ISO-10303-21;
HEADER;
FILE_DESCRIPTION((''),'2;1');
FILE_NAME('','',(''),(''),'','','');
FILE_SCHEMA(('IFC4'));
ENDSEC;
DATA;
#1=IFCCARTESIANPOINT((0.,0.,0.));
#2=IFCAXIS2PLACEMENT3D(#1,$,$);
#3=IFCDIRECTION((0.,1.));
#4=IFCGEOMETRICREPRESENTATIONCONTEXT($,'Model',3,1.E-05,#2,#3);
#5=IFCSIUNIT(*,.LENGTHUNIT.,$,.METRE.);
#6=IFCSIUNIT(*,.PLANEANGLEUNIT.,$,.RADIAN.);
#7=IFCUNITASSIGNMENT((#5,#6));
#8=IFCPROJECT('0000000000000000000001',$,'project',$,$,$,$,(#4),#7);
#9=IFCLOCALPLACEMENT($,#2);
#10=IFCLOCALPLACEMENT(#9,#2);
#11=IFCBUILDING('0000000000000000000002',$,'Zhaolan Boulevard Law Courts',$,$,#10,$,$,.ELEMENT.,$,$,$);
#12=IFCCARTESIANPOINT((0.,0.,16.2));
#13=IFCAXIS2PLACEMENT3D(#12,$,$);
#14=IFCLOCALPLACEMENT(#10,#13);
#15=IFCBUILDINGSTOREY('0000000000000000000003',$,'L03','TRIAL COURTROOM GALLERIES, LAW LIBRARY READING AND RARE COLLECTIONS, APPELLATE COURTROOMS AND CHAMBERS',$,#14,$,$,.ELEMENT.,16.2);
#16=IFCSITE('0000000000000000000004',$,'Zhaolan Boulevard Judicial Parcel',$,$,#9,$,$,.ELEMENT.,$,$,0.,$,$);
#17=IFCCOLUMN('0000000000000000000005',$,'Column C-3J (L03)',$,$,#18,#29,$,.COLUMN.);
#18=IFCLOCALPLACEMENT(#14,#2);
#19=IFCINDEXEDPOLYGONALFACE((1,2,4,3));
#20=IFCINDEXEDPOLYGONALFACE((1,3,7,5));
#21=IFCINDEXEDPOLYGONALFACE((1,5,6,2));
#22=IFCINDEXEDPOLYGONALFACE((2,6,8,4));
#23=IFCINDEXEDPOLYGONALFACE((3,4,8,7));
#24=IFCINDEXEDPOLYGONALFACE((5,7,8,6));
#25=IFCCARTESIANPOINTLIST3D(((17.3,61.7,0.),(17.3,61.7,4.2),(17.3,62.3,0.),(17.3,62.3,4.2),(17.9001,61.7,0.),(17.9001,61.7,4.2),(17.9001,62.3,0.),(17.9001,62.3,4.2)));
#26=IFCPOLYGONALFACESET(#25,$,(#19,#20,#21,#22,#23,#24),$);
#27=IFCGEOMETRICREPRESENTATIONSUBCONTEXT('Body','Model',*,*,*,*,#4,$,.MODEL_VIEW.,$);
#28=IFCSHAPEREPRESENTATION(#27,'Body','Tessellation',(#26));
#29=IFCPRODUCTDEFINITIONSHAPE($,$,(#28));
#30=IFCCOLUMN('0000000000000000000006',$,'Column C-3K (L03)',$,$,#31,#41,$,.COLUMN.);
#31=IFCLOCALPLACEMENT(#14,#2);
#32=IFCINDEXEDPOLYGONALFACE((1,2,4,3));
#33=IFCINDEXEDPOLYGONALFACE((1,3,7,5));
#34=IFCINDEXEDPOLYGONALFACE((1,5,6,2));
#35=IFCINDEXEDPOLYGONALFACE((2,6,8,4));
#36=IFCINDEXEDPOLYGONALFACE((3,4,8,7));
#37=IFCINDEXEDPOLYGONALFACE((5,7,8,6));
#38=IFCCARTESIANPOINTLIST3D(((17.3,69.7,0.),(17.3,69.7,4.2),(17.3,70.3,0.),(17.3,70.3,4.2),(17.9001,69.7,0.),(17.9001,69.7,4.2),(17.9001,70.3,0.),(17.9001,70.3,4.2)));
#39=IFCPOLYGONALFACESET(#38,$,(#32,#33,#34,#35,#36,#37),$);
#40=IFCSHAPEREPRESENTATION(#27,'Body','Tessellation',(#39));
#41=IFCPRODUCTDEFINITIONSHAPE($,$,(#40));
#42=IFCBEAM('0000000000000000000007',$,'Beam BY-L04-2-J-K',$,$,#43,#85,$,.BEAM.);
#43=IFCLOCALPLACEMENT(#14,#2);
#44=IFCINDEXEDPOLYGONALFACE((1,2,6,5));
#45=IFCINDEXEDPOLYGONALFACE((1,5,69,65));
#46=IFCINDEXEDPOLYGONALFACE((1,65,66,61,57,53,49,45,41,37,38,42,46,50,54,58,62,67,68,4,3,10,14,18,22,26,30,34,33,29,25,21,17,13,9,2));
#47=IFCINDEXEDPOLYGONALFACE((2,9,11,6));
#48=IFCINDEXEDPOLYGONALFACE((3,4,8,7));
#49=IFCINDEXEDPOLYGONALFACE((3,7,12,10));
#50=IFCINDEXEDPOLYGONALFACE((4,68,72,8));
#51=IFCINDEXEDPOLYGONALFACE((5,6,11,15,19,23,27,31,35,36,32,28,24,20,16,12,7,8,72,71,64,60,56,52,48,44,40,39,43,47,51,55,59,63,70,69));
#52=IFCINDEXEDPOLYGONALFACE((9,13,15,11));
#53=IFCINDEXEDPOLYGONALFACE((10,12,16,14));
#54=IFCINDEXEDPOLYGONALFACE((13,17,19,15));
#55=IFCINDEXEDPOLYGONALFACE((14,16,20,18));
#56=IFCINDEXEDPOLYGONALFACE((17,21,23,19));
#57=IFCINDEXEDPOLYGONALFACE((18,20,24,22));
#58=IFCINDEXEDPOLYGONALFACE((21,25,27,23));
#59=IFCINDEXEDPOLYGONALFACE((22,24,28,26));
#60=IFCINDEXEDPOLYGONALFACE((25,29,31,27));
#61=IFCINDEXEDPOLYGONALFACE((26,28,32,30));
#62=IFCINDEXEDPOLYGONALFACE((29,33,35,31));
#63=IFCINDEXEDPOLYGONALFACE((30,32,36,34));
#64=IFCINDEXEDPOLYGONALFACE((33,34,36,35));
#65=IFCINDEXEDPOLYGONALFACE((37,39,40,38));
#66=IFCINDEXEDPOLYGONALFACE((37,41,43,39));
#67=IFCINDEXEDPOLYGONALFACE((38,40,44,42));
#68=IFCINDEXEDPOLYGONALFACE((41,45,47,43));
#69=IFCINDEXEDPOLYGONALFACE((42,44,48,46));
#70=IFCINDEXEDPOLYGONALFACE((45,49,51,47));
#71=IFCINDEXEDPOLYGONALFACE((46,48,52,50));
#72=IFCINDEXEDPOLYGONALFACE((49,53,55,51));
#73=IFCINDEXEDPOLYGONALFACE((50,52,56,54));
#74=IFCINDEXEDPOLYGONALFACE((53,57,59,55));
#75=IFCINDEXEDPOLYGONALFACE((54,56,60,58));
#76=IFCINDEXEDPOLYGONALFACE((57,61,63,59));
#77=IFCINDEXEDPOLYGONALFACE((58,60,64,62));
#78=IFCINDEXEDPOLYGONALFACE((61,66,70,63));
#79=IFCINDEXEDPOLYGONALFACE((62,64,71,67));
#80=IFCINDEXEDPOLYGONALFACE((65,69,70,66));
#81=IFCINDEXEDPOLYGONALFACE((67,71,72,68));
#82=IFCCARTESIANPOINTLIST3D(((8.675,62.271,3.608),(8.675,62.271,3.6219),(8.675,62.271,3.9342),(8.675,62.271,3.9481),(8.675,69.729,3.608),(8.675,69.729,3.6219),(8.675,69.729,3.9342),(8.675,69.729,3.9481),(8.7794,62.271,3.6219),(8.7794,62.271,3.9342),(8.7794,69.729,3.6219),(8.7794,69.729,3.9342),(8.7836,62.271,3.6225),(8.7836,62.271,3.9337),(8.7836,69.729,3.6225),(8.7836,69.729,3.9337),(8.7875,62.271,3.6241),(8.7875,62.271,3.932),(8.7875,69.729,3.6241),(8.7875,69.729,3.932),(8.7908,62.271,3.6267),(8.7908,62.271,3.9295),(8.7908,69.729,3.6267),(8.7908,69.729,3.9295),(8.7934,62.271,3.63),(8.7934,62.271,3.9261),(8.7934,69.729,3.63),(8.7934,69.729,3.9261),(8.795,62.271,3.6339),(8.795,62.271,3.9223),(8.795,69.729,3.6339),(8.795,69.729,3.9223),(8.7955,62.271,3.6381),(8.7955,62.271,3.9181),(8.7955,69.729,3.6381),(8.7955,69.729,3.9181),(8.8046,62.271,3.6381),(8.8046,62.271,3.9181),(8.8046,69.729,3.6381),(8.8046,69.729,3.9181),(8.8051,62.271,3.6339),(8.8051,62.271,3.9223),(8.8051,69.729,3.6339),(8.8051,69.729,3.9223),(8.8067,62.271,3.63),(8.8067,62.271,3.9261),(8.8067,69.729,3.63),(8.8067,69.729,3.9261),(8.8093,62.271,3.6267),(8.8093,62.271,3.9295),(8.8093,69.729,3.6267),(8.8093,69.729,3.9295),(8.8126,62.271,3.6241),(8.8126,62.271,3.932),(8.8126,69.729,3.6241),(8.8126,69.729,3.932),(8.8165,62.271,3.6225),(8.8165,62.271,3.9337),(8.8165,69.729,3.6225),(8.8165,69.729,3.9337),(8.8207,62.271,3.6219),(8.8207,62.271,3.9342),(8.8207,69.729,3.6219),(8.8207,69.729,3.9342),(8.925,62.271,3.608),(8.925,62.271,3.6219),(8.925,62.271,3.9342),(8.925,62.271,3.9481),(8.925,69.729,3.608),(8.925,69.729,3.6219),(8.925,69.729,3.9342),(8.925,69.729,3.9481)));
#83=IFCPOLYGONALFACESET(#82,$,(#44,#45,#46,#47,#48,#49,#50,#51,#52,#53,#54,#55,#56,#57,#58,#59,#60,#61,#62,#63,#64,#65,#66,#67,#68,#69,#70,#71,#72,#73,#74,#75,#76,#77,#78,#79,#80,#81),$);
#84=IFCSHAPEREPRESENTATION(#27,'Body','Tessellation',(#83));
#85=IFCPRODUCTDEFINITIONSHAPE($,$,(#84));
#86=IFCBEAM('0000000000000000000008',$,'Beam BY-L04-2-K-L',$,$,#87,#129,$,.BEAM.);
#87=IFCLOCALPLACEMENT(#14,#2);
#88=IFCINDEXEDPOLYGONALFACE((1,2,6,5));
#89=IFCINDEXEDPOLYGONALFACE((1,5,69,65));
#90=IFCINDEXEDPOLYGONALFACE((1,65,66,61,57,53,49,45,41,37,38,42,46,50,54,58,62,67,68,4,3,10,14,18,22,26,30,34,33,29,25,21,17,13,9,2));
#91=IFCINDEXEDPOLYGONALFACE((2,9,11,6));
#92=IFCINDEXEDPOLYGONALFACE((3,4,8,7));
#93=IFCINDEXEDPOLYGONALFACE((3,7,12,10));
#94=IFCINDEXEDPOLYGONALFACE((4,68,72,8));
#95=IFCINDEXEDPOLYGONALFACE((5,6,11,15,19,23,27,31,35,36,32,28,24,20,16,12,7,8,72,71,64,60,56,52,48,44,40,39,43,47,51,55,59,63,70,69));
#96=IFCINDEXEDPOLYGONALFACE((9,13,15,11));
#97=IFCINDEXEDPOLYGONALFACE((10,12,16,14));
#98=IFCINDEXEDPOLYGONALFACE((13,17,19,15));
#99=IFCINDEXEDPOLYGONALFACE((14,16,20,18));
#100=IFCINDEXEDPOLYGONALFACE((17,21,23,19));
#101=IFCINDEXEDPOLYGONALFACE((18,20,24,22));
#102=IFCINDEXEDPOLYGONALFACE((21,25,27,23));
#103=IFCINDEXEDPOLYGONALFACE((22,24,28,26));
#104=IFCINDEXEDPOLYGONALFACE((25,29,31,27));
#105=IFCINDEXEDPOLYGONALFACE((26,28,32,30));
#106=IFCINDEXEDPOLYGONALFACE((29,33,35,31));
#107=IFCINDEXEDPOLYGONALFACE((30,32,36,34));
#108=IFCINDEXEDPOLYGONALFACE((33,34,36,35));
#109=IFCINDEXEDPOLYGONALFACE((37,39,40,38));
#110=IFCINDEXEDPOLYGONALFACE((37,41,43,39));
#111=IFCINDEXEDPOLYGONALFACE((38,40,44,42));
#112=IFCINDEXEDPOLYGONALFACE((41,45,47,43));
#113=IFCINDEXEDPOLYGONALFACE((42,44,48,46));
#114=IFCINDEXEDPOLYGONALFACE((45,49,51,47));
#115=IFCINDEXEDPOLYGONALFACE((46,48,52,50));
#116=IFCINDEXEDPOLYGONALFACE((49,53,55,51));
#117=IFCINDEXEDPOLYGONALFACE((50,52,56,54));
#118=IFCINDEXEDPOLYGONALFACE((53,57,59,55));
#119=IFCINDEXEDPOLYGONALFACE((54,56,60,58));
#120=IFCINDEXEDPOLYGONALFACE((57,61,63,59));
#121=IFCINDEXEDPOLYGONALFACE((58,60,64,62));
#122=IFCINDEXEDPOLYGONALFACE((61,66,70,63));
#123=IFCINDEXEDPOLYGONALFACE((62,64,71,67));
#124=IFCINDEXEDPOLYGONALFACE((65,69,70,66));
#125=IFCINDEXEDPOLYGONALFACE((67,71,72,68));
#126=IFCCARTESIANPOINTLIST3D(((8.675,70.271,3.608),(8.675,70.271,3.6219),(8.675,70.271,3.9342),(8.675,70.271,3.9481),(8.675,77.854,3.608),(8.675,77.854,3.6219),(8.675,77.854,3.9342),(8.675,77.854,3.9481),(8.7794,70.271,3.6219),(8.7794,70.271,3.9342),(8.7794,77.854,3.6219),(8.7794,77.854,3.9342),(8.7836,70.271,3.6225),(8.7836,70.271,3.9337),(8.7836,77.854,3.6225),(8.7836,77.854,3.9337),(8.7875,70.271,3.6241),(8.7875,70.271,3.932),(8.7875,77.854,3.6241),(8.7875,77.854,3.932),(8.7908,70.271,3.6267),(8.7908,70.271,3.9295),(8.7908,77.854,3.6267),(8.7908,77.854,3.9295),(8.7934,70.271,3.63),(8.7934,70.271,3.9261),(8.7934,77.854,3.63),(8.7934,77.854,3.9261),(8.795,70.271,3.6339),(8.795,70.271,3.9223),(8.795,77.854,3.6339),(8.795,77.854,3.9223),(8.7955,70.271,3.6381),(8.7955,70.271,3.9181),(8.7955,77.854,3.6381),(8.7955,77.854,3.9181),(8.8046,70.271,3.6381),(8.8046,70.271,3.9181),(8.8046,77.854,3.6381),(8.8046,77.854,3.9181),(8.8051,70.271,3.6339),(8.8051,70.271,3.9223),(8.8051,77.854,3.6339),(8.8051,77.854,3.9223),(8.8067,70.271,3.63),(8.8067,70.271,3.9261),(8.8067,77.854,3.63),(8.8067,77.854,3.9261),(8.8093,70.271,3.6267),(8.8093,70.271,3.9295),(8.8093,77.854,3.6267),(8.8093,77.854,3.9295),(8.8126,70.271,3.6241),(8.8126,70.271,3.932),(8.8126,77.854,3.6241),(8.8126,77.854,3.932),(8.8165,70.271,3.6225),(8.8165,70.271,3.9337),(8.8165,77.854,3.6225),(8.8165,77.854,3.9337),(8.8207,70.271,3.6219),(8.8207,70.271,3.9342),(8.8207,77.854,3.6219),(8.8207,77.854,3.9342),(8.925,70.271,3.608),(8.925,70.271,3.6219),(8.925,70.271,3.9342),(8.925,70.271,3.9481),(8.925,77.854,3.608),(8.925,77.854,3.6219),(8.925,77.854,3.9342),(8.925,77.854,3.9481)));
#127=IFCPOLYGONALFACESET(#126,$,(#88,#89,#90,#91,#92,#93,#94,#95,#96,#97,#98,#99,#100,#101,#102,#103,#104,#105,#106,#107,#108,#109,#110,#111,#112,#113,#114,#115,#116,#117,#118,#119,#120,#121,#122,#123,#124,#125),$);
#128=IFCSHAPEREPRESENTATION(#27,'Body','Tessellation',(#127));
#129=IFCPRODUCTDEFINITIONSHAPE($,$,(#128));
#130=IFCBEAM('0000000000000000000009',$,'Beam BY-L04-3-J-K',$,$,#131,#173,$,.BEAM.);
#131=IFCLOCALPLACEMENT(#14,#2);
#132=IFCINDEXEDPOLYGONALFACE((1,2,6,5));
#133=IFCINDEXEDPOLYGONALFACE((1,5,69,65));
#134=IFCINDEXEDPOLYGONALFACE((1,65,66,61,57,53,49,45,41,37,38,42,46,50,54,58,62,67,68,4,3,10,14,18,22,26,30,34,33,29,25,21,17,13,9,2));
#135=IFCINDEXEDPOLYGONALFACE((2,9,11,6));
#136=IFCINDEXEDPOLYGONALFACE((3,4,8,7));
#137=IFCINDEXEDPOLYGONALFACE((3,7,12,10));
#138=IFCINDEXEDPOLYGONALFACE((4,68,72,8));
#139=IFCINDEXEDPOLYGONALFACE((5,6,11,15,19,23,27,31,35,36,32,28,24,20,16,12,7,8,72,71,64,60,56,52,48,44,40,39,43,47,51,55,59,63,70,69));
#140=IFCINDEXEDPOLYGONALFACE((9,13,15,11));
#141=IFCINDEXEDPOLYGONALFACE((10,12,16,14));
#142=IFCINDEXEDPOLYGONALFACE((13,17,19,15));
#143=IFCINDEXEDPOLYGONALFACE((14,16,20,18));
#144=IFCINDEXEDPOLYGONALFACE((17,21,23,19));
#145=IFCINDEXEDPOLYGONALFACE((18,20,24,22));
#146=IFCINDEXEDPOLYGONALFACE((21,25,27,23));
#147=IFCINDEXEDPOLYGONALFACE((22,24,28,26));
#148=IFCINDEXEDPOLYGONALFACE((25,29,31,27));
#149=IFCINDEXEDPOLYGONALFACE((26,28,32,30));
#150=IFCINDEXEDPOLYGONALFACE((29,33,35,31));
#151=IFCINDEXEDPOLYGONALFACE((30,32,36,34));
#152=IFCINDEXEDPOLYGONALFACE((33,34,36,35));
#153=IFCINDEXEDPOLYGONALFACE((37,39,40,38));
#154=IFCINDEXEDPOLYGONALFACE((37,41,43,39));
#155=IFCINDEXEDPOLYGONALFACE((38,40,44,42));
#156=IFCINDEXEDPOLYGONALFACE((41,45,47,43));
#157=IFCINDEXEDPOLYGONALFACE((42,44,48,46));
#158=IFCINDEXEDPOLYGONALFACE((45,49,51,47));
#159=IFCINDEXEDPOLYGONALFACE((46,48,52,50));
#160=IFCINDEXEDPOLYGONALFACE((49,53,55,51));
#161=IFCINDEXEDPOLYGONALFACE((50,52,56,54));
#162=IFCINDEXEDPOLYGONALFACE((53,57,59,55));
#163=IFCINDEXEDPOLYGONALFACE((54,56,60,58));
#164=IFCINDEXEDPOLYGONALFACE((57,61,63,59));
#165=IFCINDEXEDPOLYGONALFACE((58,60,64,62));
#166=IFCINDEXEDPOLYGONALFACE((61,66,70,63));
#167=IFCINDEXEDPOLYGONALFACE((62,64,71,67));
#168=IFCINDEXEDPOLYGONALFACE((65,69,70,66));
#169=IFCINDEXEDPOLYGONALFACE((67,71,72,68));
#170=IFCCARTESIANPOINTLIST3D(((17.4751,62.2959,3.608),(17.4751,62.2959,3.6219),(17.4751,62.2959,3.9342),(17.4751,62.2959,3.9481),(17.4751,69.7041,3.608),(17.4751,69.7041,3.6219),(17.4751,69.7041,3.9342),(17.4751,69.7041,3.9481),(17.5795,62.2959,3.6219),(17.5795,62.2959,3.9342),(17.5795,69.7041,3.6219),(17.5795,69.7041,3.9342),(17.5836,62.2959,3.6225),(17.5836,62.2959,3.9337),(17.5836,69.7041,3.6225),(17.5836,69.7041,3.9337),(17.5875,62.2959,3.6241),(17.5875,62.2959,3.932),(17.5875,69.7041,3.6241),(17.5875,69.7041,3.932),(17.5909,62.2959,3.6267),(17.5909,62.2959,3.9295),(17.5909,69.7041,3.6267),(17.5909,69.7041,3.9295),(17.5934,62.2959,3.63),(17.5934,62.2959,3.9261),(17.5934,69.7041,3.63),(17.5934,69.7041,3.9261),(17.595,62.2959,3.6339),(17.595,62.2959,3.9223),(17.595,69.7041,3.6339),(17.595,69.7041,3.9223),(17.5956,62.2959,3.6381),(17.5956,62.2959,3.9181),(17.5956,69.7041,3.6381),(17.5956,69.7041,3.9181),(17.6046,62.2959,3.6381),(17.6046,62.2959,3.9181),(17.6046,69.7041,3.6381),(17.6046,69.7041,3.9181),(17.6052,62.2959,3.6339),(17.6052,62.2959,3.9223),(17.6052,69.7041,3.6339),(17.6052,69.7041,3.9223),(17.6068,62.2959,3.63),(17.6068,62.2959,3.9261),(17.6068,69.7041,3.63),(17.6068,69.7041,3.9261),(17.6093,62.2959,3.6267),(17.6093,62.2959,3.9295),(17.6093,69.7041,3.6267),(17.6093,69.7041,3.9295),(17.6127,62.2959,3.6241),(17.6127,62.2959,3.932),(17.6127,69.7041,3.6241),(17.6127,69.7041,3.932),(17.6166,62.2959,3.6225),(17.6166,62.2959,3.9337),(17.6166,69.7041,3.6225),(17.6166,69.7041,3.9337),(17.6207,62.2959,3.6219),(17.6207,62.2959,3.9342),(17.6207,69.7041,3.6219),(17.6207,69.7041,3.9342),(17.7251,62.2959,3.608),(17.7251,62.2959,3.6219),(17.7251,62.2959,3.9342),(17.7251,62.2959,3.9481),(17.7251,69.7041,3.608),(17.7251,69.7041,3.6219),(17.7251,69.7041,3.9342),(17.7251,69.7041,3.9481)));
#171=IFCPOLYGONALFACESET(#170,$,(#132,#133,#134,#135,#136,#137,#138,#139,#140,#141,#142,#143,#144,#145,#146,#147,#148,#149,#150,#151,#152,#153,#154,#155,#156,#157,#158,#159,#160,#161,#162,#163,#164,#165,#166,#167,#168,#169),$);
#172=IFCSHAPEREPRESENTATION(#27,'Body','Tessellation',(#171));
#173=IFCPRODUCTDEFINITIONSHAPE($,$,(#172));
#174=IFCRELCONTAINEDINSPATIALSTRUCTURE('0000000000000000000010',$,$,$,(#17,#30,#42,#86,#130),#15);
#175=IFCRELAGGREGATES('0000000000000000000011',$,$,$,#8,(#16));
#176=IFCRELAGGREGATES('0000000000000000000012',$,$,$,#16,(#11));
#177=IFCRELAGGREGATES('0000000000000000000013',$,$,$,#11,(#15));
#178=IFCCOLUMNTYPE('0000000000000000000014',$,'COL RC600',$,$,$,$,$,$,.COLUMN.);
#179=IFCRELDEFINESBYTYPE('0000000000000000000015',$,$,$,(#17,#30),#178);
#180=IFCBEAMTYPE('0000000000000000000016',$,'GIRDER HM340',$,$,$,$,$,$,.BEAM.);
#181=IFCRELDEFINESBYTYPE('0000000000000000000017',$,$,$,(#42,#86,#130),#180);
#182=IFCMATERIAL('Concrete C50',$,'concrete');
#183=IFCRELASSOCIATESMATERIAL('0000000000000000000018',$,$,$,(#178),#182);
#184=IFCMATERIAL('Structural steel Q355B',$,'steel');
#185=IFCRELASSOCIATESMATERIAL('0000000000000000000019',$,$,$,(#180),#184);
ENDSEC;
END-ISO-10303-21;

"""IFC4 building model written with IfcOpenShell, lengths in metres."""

from ifc_helpers import new_model, si_unit, direction, frame, origin, origin_2d, place, context, subcontext, project, spatial, rectangle, i_section, extrude, material, material_profile, profile_set, type_object, element, save


model = new_model("IFC4")

# Units and contexts
model_context = context("Model", 3, precision=1e-05, world=origin(), true_north=direction((0.0, 1.0)))
body_context = subcontext(model_context, "Body", "Model", "MODEL_VIEW")
ifc_project = project(units=[si_unit("LENGTHUNIT", "METRE"), si_unit("PLANEANGLEUNIT", "RADIAN")], contexts=[model_context])

# Site, building, storey
site_placement = place(None, origin())
site = spatial("IfcSite", under=ifc_project, at=site_placement, Name="Zhaolan Boulevard Judicial Parcel", CompositionType="ELEMENT", RefElevation=0.0)
building_placement = place(site_placement, origin())
building = spatial("IfcBuilding", under=site, at=building_placement, Name="Zhaolan Boulevard Law Courts", CompositionType="ELEMENT")
storey_placement = place(building_placement, frame((0.0, 0.0, 16.2)))
storey = spatial("IfcBuildingStorey", under=building, at=storey_placement, Name="L03", Description="TRIAL COURTROOM GALLERIES, LAW LIBRARY READING AND RARE COLLECTIONS, APPELLATE COURTROOMS AND CHAMBERS", CompositionType="ELEMENT", Elevation=16.2)

# Columns
ifc_material_1 = material(Name="Concrete C50", Category="concrete")
ifc_material_profile_1 = material_profile(ifc_material_1, rectangle(XDim=0.6001, YDim=0.6001, at=origin_2d()), Name="RC600x600")
ifc_profile_set_1 = profile_set([ifc_material_profile_1], Name="Concrete C50")
column_type_1 = type_object("IfcColumnType", Name="COL RC600", PredefinedType="COLUMN", material=ifc_profile_set_1)
for number, where, z_axis, x_axis, name in (
    (1, (17.6001, 62.0, 0.0), (0.0, 0.0, 1.0), (1.0, 0.0, 0.0), "Column C-3J (L03)"),
    (2, (17.6001, 70.0, 0.0), (0.0, 0.0, 1.0), (1.0, 0.0, 0.0), "Column C-3K (L03)"),
):
    element("IfcColumn", number, at=place(storey_placement, frame(where, z_axis=z_axis, x_axis=x_axis)), inside=storey, type_object=column_type_1, Name=name, PredefinedType="COLUMN", context=body_context, shape_type="SweptSolid", body=[
        extrude(rectangle(XDim=0.6001, YDim=0.6001, at=origin_2d()), origin(), (0.0, 0.0, 1.0), 4.2),
    ])

# Beams
ifc_material_2 = material(Name="Structural steel Q355B", Category="steel")
ifc_material_profile_2 = material_profile(ifc_material_2, i_section(OverallWidth=0.25, OverallDepth=0.3401, WebThickness=0.009, FlangeThickness=0.0139, FilletRadius=0.0161, at=origin_2d()), Name="HM340x250")
ifc_profile_set_2 = profile_set([ifc_material_profile_2], Name="Structural steel Q355B")
beam_type_1 = type_object("IfcBeamType", Name="GIRDER HM340", PredefinedType="BEAM", material=ifc_profile_set_2)
beam_1_placement = place(storey_placement, frame((8.8, 62.271, 3.7781), z_axis=(0.0, 1.0, 0.0), x_axis=(-1.0, 0.0, 0.0)))
element("IfcBeam", 3, at=beam_1_placement, inside=storey, type_object=beam_type_1, Name="Beam BY-L04-2-J-K", PredefinedType="BEAM", context=body_context, shape_type="SweptSolid", body=[
    extrude(i_section(OverallWidth=0.25, OverallDepth=0.3401, WebThickness=0.009, FlangeThickness=0.0139, FilletRadius=0.0161, at=origin_2d()), origin(), (0.0, 0.0, 1.0), 7.458),
])
beam_2_placement = place(storey_placement, frame((8.8, 70.271, 3.7781), z_axis=(0.0, 1.0, 0.0), x_axis=(-1.0, 0.0, 0.0)))
element("IfcBeam", 4, at=beam_2_placement, inside=storey, type_object=beam_type_1, Name="Beam BY-L04-2-K-L", PredefinedType="BEAM", context=body_context, shape_type="SweptSolid", body=[
    extrude(i_section(OverallWidth=0.25, OverallDepth=0.3401, WebThickness=0.009, FlangeThickness=0.0139, FilletRadius=0.0161, at=origin_2d()), origin(), (0.0, 0.0, 1.0), 7.583),
])
beam_3_placement = place(storey_placement, frame((17.6001, 62.2959, 3.7781), z_axis=(0.0, 1.0, 0.0), x_axis=(-1.0, 0.0, 0.0)))
element("IfcBeam", 5, at=beam_3_placement, inside=storey, type_object=beam_type_1, Name="Beam BY-L04-3-J-K", PredefinedType="BEAM", context=body_context, shape_type="SweptSolid", body=[
    extrude(i_section(OverallWidth=0.25, OverallDepth=0.3401, WebThickness=0.009, FlangeThickness=0.0139, FilletRadius=0.0161, at=origin_2d()), origin(), (0.0, 0.0, 1.0), 7.4082),
])

save(model, "model.ifc")
